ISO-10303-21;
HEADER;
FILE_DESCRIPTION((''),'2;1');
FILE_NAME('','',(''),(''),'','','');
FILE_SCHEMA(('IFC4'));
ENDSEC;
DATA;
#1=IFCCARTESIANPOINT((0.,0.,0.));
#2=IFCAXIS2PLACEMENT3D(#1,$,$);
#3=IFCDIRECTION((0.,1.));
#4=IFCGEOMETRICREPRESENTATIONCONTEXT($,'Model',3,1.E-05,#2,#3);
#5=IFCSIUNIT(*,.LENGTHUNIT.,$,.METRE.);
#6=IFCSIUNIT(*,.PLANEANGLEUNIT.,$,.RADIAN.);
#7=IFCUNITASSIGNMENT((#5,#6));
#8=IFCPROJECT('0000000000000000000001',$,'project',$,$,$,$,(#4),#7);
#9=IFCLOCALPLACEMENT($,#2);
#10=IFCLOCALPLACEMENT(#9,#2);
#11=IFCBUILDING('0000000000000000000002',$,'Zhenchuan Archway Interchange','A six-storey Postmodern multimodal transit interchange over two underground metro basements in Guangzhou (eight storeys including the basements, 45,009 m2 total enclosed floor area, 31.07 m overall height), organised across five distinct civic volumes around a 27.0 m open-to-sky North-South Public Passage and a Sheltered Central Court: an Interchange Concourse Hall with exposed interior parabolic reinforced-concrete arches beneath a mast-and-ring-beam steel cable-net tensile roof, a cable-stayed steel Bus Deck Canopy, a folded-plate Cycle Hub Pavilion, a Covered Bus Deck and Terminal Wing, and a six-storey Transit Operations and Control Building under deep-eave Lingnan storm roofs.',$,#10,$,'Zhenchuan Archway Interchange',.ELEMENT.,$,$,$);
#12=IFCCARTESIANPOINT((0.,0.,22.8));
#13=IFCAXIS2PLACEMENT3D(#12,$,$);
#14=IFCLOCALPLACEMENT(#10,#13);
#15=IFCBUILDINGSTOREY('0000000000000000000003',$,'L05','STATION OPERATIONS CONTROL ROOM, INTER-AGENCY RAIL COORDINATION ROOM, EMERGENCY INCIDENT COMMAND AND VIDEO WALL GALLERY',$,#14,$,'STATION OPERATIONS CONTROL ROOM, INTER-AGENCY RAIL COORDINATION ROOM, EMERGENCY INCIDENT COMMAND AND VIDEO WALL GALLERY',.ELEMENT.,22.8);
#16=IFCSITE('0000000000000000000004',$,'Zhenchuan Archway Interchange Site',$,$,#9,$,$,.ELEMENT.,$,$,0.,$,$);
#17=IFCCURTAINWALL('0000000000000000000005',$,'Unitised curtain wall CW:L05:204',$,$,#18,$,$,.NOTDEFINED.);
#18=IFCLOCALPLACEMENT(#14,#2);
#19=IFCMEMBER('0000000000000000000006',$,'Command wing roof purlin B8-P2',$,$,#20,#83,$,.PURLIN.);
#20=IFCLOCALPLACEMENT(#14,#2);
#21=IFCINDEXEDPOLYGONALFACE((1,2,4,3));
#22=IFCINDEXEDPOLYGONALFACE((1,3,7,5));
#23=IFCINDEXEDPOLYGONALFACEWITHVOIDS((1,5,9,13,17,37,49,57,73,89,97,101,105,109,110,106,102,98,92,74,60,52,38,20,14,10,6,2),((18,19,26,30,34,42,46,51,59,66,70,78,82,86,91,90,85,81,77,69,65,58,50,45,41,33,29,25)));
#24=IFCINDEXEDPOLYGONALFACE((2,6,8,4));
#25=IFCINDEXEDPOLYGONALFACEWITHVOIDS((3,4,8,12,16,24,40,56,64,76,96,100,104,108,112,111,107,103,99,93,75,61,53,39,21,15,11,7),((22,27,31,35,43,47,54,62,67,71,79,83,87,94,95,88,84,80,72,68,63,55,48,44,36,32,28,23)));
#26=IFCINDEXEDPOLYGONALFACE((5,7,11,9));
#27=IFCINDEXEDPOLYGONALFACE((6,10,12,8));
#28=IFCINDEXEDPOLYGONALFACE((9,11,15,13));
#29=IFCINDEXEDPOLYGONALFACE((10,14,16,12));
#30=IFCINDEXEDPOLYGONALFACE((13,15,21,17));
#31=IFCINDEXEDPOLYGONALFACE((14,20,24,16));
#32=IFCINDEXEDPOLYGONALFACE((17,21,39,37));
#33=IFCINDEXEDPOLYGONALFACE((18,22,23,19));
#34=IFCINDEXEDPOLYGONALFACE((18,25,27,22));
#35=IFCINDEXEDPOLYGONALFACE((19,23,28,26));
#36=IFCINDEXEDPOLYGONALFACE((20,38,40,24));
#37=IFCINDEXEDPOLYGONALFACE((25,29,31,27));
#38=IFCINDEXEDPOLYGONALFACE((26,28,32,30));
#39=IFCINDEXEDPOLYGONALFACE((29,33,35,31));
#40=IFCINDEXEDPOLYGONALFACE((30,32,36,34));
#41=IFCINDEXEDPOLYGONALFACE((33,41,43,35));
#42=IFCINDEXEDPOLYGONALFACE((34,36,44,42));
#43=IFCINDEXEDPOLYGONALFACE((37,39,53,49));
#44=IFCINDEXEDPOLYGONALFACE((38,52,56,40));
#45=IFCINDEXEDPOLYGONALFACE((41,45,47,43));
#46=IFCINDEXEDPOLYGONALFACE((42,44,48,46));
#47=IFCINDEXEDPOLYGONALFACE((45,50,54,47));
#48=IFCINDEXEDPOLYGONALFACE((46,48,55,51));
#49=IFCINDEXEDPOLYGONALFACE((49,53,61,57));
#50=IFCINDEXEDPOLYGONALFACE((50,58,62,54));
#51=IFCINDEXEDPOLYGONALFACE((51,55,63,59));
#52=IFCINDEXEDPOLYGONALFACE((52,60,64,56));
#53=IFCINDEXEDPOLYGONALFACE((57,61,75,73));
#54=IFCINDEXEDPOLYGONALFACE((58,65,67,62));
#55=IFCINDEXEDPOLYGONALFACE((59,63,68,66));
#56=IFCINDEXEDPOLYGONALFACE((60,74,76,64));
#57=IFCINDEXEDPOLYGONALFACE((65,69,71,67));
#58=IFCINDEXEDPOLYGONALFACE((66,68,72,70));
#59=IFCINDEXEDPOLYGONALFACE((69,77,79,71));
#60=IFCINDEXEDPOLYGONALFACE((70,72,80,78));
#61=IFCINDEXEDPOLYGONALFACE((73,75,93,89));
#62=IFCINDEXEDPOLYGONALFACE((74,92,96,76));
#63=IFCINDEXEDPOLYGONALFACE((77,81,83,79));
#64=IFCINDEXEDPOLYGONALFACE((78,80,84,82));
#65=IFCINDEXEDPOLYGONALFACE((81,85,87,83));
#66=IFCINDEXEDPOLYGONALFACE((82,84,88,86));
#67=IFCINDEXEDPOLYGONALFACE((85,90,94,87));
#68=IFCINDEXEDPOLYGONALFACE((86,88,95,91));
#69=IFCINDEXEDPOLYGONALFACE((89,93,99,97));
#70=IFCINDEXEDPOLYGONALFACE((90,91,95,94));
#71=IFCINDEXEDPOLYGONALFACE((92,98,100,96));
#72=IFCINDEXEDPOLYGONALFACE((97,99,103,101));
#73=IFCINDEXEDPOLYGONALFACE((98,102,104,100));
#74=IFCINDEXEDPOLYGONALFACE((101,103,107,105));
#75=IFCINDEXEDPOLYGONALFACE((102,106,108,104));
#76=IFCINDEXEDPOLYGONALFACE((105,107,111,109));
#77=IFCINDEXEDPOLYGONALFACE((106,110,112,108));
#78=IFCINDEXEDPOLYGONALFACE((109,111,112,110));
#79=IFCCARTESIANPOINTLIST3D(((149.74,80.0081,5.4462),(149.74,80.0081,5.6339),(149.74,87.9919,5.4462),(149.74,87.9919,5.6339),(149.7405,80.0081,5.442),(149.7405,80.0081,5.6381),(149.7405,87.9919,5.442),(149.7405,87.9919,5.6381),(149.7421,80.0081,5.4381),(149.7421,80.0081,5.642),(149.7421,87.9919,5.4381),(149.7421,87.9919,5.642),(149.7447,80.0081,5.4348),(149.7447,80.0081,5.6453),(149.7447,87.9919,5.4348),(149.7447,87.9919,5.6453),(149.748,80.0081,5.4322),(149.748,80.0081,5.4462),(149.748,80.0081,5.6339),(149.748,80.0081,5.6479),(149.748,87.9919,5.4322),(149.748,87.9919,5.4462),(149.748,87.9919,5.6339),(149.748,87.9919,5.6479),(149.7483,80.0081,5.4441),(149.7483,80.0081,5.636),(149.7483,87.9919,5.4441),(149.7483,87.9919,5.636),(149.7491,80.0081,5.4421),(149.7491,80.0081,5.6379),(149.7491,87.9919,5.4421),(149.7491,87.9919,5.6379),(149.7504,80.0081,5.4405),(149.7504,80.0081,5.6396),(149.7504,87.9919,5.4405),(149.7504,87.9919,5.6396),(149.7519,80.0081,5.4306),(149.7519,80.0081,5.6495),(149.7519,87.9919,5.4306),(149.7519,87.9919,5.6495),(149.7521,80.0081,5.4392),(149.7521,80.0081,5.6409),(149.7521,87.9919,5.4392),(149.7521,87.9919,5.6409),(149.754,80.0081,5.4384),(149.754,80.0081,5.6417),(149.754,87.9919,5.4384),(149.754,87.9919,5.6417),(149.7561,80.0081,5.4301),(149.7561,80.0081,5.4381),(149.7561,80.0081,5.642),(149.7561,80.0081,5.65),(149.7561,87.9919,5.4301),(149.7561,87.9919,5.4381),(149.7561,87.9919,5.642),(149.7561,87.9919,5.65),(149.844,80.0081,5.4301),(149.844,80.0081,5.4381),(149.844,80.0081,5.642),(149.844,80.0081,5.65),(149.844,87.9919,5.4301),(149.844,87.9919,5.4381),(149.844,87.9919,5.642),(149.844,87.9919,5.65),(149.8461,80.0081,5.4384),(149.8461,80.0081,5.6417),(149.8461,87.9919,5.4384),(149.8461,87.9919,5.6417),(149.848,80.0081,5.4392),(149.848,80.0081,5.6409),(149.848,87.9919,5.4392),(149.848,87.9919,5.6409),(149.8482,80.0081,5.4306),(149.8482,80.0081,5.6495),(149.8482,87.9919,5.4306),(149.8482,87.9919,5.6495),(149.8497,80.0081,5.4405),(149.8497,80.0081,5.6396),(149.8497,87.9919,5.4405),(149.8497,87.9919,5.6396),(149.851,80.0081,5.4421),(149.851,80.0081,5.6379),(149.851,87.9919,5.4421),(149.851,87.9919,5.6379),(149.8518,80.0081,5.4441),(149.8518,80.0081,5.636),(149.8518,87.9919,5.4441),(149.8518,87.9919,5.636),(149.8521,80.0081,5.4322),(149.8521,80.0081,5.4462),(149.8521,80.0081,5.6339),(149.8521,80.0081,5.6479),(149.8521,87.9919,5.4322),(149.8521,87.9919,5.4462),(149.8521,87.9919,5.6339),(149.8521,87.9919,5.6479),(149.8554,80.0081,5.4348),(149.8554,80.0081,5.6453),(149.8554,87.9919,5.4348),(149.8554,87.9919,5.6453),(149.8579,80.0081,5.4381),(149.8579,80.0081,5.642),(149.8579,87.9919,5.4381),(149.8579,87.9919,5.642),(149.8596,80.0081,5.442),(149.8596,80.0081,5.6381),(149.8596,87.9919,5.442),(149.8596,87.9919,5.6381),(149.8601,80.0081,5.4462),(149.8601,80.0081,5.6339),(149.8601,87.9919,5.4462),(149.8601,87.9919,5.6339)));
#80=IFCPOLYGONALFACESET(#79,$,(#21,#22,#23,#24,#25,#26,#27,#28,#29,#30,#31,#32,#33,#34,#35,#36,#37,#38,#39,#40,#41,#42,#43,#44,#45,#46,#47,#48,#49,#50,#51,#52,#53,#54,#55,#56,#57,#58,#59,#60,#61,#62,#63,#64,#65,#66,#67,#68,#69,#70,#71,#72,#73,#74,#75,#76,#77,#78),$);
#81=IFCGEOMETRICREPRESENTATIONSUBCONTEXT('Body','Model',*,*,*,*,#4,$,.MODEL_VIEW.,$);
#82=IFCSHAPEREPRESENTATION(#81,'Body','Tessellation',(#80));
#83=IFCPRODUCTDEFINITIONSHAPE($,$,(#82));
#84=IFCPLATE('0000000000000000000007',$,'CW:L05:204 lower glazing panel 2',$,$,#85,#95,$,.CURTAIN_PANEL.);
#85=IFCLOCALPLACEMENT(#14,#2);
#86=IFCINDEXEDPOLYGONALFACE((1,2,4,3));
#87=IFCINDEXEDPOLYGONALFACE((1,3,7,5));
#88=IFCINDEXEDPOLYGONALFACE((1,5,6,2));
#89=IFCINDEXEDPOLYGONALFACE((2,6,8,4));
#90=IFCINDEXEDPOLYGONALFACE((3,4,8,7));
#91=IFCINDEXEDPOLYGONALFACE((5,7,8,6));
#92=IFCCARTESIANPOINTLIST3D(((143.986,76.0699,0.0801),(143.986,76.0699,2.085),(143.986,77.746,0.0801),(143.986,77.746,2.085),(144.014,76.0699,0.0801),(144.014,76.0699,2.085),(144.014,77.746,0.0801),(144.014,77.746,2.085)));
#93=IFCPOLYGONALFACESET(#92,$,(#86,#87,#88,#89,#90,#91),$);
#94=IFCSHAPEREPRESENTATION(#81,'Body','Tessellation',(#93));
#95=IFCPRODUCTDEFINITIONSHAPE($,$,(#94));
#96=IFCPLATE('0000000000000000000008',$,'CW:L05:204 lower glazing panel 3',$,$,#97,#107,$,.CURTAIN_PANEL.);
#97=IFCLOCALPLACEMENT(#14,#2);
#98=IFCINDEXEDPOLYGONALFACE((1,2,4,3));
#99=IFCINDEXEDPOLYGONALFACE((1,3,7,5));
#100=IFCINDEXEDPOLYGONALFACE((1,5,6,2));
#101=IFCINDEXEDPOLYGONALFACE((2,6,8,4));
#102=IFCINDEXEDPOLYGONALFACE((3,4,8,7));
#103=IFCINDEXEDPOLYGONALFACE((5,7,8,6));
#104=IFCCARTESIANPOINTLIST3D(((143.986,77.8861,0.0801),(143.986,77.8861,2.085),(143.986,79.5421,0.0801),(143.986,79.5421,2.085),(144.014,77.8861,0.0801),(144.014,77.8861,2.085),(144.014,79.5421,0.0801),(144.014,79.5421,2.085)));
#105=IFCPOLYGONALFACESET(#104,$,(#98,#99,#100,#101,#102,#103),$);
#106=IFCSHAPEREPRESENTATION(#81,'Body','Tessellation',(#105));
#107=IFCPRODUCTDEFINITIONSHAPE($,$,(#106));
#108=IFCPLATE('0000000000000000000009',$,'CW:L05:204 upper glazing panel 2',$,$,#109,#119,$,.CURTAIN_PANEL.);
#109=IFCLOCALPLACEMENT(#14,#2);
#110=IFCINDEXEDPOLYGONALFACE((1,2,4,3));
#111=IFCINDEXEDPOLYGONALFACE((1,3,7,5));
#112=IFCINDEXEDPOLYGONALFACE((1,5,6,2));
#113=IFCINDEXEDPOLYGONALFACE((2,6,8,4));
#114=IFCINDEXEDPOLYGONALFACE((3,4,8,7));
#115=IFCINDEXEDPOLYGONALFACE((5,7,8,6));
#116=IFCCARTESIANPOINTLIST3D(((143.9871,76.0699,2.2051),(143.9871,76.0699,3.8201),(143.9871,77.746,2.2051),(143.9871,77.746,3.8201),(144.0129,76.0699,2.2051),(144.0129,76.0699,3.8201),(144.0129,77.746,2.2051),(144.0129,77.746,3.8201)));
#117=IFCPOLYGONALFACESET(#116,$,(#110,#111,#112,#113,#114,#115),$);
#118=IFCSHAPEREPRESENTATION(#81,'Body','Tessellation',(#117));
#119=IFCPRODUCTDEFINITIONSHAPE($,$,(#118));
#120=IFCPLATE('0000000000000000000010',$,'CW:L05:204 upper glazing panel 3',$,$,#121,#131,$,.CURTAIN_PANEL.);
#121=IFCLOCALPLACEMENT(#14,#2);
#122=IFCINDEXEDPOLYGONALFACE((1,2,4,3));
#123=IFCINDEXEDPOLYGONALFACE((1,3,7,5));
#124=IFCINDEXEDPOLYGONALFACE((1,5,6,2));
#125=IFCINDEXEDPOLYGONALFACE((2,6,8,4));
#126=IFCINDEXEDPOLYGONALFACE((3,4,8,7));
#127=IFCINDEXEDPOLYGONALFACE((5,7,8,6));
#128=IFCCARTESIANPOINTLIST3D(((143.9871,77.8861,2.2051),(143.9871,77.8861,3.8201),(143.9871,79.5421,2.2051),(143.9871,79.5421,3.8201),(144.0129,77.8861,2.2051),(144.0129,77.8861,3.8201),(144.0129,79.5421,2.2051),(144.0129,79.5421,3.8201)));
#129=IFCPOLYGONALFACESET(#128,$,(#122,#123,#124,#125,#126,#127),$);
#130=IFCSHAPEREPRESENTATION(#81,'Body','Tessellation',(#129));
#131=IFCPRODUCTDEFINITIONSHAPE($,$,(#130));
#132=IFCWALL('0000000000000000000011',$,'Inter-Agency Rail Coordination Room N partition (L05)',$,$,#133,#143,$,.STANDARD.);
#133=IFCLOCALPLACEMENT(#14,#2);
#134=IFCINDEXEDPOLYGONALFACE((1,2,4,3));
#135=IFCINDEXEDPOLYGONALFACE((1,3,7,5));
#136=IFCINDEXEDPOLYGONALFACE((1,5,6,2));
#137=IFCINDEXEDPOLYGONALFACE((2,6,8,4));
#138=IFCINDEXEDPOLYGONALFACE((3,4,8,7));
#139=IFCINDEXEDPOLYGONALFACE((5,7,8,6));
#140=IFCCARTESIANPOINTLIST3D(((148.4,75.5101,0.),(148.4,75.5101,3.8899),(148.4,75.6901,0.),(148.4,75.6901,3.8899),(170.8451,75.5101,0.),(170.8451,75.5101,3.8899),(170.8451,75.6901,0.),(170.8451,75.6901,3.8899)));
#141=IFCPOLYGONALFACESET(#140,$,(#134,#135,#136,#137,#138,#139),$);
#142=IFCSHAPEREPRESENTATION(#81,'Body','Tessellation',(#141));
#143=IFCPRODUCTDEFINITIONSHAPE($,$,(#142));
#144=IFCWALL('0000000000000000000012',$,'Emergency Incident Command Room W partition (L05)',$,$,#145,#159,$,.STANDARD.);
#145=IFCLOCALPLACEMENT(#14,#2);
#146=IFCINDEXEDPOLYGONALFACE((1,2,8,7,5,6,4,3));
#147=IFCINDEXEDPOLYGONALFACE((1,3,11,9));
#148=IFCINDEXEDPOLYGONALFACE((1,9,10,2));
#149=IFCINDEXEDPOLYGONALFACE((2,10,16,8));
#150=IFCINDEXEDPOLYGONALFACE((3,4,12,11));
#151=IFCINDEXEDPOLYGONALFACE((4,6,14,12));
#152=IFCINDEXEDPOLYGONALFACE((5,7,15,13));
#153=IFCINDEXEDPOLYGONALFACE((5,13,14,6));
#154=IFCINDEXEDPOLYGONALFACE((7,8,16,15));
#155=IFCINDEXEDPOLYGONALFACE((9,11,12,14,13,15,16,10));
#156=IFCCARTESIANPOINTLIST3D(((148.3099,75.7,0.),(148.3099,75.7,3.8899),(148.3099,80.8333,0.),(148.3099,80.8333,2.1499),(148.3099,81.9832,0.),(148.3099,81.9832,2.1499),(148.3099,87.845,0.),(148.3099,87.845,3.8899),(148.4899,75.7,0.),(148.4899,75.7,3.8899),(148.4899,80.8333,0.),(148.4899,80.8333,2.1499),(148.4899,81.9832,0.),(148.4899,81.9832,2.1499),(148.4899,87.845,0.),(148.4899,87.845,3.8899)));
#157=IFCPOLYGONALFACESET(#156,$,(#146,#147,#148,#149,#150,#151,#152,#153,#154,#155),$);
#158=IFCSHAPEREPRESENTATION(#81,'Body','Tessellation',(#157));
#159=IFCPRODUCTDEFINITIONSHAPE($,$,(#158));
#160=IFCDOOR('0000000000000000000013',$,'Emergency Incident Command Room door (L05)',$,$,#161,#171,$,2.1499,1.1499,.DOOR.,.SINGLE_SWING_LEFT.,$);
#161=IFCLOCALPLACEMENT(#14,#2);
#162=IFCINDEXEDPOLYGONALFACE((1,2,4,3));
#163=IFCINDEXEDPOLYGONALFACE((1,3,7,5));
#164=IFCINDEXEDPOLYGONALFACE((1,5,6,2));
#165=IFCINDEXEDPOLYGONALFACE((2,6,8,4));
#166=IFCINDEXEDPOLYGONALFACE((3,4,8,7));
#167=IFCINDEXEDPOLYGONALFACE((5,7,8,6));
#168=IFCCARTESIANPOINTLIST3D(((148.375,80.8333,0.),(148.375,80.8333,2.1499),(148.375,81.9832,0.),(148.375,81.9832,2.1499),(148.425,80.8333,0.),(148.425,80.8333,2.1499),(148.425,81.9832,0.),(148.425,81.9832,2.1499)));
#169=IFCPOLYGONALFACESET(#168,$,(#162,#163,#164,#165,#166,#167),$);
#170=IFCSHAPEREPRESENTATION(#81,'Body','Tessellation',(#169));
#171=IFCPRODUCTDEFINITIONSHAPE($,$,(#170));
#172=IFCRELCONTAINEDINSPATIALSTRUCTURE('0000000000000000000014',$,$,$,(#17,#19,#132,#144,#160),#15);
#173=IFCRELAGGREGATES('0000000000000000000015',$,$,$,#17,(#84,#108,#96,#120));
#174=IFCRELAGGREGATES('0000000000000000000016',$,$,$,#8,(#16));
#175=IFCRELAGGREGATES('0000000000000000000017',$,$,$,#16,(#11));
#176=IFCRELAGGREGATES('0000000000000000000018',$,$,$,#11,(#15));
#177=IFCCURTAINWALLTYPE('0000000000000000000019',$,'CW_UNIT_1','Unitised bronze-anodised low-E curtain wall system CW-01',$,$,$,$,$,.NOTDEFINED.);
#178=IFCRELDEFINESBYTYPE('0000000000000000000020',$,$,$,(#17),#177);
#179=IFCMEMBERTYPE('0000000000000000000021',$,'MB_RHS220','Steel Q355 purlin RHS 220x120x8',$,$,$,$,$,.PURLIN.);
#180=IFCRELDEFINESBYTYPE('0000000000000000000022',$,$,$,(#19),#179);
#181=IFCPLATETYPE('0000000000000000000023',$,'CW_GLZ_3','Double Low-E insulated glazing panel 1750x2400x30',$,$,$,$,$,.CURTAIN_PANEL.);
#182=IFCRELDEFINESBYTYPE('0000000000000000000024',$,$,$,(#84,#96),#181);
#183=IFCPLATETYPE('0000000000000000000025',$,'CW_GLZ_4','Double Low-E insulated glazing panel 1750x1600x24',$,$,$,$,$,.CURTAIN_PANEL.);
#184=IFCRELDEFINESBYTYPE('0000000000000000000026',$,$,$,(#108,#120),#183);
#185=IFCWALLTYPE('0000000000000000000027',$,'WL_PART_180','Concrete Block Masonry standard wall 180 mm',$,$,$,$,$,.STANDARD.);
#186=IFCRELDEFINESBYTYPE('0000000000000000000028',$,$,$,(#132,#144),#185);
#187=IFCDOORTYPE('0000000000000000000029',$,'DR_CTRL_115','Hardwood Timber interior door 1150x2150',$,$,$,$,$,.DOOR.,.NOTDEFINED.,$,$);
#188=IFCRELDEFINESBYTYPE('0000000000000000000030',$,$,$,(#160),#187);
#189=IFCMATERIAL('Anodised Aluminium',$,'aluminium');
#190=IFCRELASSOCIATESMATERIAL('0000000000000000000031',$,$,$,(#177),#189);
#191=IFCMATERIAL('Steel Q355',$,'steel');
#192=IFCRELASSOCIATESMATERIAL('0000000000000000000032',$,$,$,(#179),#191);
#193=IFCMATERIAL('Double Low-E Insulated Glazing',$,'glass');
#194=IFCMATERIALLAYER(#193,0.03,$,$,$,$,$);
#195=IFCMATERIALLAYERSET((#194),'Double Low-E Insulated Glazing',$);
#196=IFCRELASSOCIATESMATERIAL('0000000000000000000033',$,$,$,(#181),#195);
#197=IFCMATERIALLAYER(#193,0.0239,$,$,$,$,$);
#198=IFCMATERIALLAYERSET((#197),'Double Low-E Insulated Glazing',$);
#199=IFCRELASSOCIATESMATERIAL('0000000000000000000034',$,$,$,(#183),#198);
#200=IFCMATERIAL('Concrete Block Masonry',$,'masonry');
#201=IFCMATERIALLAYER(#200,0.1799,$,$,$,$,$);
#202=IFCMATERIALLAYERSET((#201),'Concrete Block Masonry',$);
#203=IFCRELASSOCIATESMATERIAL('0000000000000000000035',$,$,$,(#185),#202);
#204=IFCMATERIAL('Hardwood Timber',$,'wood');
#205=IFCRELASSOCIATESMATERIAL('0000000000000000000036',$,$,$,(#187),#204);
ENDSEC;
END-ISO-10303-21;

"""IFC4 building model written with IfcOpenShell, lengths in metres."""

from ifc_helpers import new_model, si_unit, direction, frame, frame_2d, origin, origin_2d, place, context, subcontext, project, spatial, rectangle, hollow_rectangle, extrude, material, layer, layer_set, material_profile, profile_set, type_object, element, fill, aggregate, save


model = new_model("IFC4")

# Units and contexts
model_context = context("Model", 3, precision=1e-05, world=origin(), true_north=direction((0.0, 1.0)))
body_context = subcontext(model_context, "Body", "Model", "MODEL_VIEW")
ifc_project = project(units=[si_unit("LENGTHUNIT", "METRE"), si_unit("PLANEANGLEUNIT", "RADIAN")], contexts=[model_context])

# Site, building, storey
site_placement = place(None, origin())
site = spatial("IfcSite", under=ifc_project, at=site_placement, Name="Zhenchuan Archway Interchange Site", CompositionType="ELEMENT", RefElevation=0.0)
building_placement = place(site_placement, origin())
building = spatial("IfcBuilding", under=site, at=building_placement, Name="Zhenchuan Archway Interchange", Description="A six-storey Postmodern multimodal transit interchange over two underground metro basements in Guangzhou (eight storeys including the basements, 45,009 m2 total enclosed floor area, 31.07 m overall height), organised across five distinct civic volumes around a 27.0 m open-to-sky North-South Public Passage and a Sheltered Central Court: an Interchange Concourse Hall with exposed interior parabolic reinforced-concrete arches beneath a mast-and-ring-beam steel cable-net tensile roof, a cable-stayed steel Bus Deck Canopy, a folded-plate Cycle Hub Pavilion, a Covered Bus Deck and Terminal Wing, and a six-storey Transit Operations and Control Building under deep-eave Lingnan storm roofs.", LongName="Zhenchuan Archway Interchange", CompositionType="ELEMENT")
storey_placement = place(building_placement, frame((0.0, 0.0, 22.8)))
storey = spatial("IfcBuildingStorey", under=building, at=storey_placement, Name="L05", Description="STATION OPERATIONS CONTROL ROOM, INTER-AGENCY RAIL COORDINATION ROOM, EMERGENCY INCIDENT COMMAND AND VIDEO WALL GALLERY", LongName="STATION OPERATIONS CONTROL ROOM, INTER-AGENCY RAIL COORDINATION ROOM, EMERGENCY INCIDENT COMMAND AND VIDEO WALL GALLERY", CompositionType="ELEMENT", Elevation=22.8)

# Shared definitions
ifc_material_1 = material(Name="Steel Q355", Category="steel")

# Curtain wall
ifc_material_2 = material(Name="Anodised Aluminium", Category="aluminium")
curtain_wall_type = type_object("IfcCurtainWallType", Name="CW_UNIT_1", Description="Unitised bronze-anodised low-E curtain wall system CW-01", PredefinedType="NOTDEFINED", material=ifc_material_2)
curtain_wall_placement = place(storey_placement, origin())
curtain_wall = element("IfcCurtainWall", 1, at=curtain_wall_placement, inside=storey, type_object=curtain_wall_type, Name="Unitised curtain wall CW:L05:204", PredefinedType="NOTDEFINED")

# Member
ifc_material_profile_1 = material_profile(ifc_material_1, hollow_rectangle(XDim=0.1201, YDim=0.22, WallThickness=0.0081, InnerFilletRadius=0.0081, OuterFilletRadius=0.0161, at=origin_2d()), Name="RHS 220x120x8")
ifc_profile_set_1 = profile_set([ifc_material_profile_1], Name="Steel Q355")
member_type_1 = type_object("IfcMemberType", Name="MB_RHS220", Description="Steel Q355 purlin RHS 220x120x8", PredefinedType="PURLIN", material=ifc_profile_set_1)
member_1_placement = place(storey_placement, frame((149.8, 80.0081, 5.54), z_axis=(0.0, 1.0, 0.0), x_axis=(-1.0, 0.0, 0.0)))
element("IfcMember", 2, at=member_1_placement, inside=storey, type_object=member_type_1, Name="Command wing roof purlin B8-P2", PredefinedType="PURLIN", context=body_context, shape_type="SweptSolid", body=[
    extrude(hollow_rectangle(XDim=0.1201, YDim=0.22, WallThickness=0.0081, InnerFilletRadius=0.0081, OuterFilletRadius=0.0161, at=origin_2d()), origin(), (0.0, 0.0, 1.0), 7.9839),
])

# Plates
ifc_material_3 = material(Name="Double Low-E Insulated Glazing", Category="glass")
ifc_layer_1 = layer(ifc_material_3, 0.03)
ifc_layer_set_1 = layer_set([ifc_layer_1], Name="Double Low-E Insulated Glazing")
plate_type_1 = type_object("IfcPlateType", Name="CW_GLZ_3", Description="Double Low-E insulated glazing panel 1750x2400x30", PredefinedType="CURTAIN_PANEL", material=ifc_layer_set_1)
plate_1_placement = place(storey_placement, frame((144.0, 76.908, 0.0801), z_axis=(0.0, 0.0, 1.0), x_axis=(0.0, 1.0, 0.0)))
plate_1 = element("IfcPlate", 3, at=plate_1_placement, type_object=plate_type_1, Name="CW:L05:204 lower glazing panel 2", PredefinedType="CURTAIN_PANEL", context=body_context, shape_type="SweptSolid", body=[
    extrude(rectangle(XDim=1.676, YDim=0.0281, at=origin_2d()), origin(), (0.0, 0.0, 1.0), 2.0049),
])
plate_2_placement = place(storey_placement, frame((144.0, 78.7141, 0.0801), z_axis=(0.0, 0.0, 1.0), x_axis=(0.0, 1.0, 0.0)))
plate_2 = element("IfcPlate", 4, at=plate_2_placement, type_object=plate_type_1, Name="CW:L05:204 lower glazing panel 3", PredefinedType="CURTAIN_PANEL", context=body_context, shape_type="SweptSolid", body=[
    extrude(rectangle(XDim=1.656, YDim=0.0281, at=origin_2d()), origin(), (0.0, 0.0, 1.0), 2.0049),
])
ifc_layer_2 = layer(ifc_material_3, 0.0239)
ifc_layer_set_2 = layer_set([ifc_layer_2], Name="Double Low-E Insulated Glazing")
plate_type_2 = type_object("IfcPlateType", Name="CW_GLZ_4", Description="Double Low-E insulated glazing panel 1750x1600x24", PredefinedType="CURTAIN_PANEL", material=ifc_layer_set_2)
plate_3_placement = place(storey_placement, frame((144.0, 76.908, 2.2051), z_axis=(0.0, 0.0, 1.0), x_axis=(0.0, 1.0, 0.0)))
plate_3 = element("IfcPlate", 5, at=plate_3_placement, type_object=plate_type_2, Name="CW:L05:204 upper glazing panel 2", PredefinedType="CURTAIN_PANEL", context=body_context, shape_type="SweptSolid", body=[
    extrude(rectangle(XDim=1.676, YDim=0.0259, at=origin_2d()), origin(), (0.0, 0.0, 1.0), 1.615),
])
plate_4_placement = place(storey_placement, frame((144.0, 78.7141, 2.2051), z_axis=(0.0, 0.0, 1.0), x_axis=(0.0, 1.0, 0.0)))
plate_4 = element("IfcPlate", 6, at=plate_4_placement, type_object=plate_type_2, Name="CW:L05:204 upper glazing panel 3", PredefinedType="CURTAIN_PANEL", context=body_context, shape_type="SweptSolid", body=[
    extrude(rectangle(XDim=1.656, YDim=0.0259, at=origin_2d()), origin(), (0.0, 0.0, 1.0), 1.615),
])
aggregate(curtain_wall, [plate_1, plate_3, plate_2, plate_4])

# Wall
ifc_material_4 = material(Name="Concrete Block Masonry", Category="masonry")
ifc_layer_3 = layer(ifc_material_4, 0.1799)
ifc_layer_set_3 = layer_set([ifc_layer_3], Name="Concrete Block Masonry")
wall_type = type_object("IfcWallType", Name="WL_PART_180", Description="Concrete Block Masonry standard wall 180 mm", PredefinedType="STANDARD", material=ifc_layer_set_3)
wall_1_placement = place(storey_placement, frame((148.3999, 75.6001, 0.0), z_axis=(0.0, 0.0, 1.0), x_axis=(1.0, 0.0, 0.0)))
element("IfcWall", 7, at=wall_1_placement, inside=storey, type_object=wall_type, Name="Inter-Agency Rail Coordination Room N partition (L05)", PredefinedType="STANDARD", context=body_context, shape_type="SweptSolid", body=[
    extrude(rectangle(XDim=22.4451, YDim=0.1799, at=frame_2d((11.2227, 0.0))), origin(), (0.0, 0.0, 1.0), 3.8899),
])

# Wall, opening, door
wall_2_placement = place(storey_placement, frame((148.3999, 75.7, 0.0), z_axis=(0.0, 0.0, 1.0), x_axis=(0.0, 1.0, 0.0)))
wall_2 = element("IfcWall", 8, at=wall_2_placement, inside=storey, type_object=wall_type, Name="Emergency Incident Command Room W partition (L05)", PredefinedType="STANDARD", context=body_context, shape_type="SweptSolid", body=[
    extrude(rectangle(XDim=12.145, YDim=0.1799, at=frame_2d((6.0725, 0.0))), origin(), (0.0, 0.0, 1.0), 3.8899),
])
opening_placement = place(wall_2_placement, frame((5.1333, 0.0, 0.0)))
opening = element("IfcOpeningElement", 9, at=opening_placement, cuts=wall_2, PredefinedType="OPENING", context=body_context, shape_type="SweptSolid", body=[
    extrude(rectangle(XDim=1.1499, YDim=2.1499, at=frame_2d((0.575, 1.075))), frame((0.0, 0.1021, 0.0), z_axis=(0.0, -1.0, 0.0), x_axis=(1.0, 0.0, 0.0)), (0.0, 0.0, 1.0), 0.2039),
])
ifc_material_5 = material(Name="Hardwood Timber", Category="wood")
door_type = type_object("IfcDoorType", Name="DR_CTRL_115", Description="Hardwood Timber interior door 1150x2150", OperationType="NOTDEFINED", PredefinedType="DOOR", material=ifc_material_5)
door_placement = place(opening_placement, origin())
door = element("IfcDoor", 10, at=door_placement, inside=storey, type_object=door_type, Name="Emergency Incident Command Room door (L05)", OperationType="SINGLE_SWING_LEFT", OverallHeight=2.1499, OverallWidth=1.1499, PredefinedType="DOOR", context=body_context, shape_type="SweptSolid", body=[
    extrude(rectangle(XDim=1.1499, YDim=2.1499, at=frame_2d((0.575, 1.075))), frame((0.0, 0.0249, 0.0), z_axis=(0.0, -1.0, 0.0), x_axis=(1.0, 0.0, 0.0)), (0.0, 0.0, 1.0), 0.05),
])
fill(opening, door)

save(model, "model.ifc")
